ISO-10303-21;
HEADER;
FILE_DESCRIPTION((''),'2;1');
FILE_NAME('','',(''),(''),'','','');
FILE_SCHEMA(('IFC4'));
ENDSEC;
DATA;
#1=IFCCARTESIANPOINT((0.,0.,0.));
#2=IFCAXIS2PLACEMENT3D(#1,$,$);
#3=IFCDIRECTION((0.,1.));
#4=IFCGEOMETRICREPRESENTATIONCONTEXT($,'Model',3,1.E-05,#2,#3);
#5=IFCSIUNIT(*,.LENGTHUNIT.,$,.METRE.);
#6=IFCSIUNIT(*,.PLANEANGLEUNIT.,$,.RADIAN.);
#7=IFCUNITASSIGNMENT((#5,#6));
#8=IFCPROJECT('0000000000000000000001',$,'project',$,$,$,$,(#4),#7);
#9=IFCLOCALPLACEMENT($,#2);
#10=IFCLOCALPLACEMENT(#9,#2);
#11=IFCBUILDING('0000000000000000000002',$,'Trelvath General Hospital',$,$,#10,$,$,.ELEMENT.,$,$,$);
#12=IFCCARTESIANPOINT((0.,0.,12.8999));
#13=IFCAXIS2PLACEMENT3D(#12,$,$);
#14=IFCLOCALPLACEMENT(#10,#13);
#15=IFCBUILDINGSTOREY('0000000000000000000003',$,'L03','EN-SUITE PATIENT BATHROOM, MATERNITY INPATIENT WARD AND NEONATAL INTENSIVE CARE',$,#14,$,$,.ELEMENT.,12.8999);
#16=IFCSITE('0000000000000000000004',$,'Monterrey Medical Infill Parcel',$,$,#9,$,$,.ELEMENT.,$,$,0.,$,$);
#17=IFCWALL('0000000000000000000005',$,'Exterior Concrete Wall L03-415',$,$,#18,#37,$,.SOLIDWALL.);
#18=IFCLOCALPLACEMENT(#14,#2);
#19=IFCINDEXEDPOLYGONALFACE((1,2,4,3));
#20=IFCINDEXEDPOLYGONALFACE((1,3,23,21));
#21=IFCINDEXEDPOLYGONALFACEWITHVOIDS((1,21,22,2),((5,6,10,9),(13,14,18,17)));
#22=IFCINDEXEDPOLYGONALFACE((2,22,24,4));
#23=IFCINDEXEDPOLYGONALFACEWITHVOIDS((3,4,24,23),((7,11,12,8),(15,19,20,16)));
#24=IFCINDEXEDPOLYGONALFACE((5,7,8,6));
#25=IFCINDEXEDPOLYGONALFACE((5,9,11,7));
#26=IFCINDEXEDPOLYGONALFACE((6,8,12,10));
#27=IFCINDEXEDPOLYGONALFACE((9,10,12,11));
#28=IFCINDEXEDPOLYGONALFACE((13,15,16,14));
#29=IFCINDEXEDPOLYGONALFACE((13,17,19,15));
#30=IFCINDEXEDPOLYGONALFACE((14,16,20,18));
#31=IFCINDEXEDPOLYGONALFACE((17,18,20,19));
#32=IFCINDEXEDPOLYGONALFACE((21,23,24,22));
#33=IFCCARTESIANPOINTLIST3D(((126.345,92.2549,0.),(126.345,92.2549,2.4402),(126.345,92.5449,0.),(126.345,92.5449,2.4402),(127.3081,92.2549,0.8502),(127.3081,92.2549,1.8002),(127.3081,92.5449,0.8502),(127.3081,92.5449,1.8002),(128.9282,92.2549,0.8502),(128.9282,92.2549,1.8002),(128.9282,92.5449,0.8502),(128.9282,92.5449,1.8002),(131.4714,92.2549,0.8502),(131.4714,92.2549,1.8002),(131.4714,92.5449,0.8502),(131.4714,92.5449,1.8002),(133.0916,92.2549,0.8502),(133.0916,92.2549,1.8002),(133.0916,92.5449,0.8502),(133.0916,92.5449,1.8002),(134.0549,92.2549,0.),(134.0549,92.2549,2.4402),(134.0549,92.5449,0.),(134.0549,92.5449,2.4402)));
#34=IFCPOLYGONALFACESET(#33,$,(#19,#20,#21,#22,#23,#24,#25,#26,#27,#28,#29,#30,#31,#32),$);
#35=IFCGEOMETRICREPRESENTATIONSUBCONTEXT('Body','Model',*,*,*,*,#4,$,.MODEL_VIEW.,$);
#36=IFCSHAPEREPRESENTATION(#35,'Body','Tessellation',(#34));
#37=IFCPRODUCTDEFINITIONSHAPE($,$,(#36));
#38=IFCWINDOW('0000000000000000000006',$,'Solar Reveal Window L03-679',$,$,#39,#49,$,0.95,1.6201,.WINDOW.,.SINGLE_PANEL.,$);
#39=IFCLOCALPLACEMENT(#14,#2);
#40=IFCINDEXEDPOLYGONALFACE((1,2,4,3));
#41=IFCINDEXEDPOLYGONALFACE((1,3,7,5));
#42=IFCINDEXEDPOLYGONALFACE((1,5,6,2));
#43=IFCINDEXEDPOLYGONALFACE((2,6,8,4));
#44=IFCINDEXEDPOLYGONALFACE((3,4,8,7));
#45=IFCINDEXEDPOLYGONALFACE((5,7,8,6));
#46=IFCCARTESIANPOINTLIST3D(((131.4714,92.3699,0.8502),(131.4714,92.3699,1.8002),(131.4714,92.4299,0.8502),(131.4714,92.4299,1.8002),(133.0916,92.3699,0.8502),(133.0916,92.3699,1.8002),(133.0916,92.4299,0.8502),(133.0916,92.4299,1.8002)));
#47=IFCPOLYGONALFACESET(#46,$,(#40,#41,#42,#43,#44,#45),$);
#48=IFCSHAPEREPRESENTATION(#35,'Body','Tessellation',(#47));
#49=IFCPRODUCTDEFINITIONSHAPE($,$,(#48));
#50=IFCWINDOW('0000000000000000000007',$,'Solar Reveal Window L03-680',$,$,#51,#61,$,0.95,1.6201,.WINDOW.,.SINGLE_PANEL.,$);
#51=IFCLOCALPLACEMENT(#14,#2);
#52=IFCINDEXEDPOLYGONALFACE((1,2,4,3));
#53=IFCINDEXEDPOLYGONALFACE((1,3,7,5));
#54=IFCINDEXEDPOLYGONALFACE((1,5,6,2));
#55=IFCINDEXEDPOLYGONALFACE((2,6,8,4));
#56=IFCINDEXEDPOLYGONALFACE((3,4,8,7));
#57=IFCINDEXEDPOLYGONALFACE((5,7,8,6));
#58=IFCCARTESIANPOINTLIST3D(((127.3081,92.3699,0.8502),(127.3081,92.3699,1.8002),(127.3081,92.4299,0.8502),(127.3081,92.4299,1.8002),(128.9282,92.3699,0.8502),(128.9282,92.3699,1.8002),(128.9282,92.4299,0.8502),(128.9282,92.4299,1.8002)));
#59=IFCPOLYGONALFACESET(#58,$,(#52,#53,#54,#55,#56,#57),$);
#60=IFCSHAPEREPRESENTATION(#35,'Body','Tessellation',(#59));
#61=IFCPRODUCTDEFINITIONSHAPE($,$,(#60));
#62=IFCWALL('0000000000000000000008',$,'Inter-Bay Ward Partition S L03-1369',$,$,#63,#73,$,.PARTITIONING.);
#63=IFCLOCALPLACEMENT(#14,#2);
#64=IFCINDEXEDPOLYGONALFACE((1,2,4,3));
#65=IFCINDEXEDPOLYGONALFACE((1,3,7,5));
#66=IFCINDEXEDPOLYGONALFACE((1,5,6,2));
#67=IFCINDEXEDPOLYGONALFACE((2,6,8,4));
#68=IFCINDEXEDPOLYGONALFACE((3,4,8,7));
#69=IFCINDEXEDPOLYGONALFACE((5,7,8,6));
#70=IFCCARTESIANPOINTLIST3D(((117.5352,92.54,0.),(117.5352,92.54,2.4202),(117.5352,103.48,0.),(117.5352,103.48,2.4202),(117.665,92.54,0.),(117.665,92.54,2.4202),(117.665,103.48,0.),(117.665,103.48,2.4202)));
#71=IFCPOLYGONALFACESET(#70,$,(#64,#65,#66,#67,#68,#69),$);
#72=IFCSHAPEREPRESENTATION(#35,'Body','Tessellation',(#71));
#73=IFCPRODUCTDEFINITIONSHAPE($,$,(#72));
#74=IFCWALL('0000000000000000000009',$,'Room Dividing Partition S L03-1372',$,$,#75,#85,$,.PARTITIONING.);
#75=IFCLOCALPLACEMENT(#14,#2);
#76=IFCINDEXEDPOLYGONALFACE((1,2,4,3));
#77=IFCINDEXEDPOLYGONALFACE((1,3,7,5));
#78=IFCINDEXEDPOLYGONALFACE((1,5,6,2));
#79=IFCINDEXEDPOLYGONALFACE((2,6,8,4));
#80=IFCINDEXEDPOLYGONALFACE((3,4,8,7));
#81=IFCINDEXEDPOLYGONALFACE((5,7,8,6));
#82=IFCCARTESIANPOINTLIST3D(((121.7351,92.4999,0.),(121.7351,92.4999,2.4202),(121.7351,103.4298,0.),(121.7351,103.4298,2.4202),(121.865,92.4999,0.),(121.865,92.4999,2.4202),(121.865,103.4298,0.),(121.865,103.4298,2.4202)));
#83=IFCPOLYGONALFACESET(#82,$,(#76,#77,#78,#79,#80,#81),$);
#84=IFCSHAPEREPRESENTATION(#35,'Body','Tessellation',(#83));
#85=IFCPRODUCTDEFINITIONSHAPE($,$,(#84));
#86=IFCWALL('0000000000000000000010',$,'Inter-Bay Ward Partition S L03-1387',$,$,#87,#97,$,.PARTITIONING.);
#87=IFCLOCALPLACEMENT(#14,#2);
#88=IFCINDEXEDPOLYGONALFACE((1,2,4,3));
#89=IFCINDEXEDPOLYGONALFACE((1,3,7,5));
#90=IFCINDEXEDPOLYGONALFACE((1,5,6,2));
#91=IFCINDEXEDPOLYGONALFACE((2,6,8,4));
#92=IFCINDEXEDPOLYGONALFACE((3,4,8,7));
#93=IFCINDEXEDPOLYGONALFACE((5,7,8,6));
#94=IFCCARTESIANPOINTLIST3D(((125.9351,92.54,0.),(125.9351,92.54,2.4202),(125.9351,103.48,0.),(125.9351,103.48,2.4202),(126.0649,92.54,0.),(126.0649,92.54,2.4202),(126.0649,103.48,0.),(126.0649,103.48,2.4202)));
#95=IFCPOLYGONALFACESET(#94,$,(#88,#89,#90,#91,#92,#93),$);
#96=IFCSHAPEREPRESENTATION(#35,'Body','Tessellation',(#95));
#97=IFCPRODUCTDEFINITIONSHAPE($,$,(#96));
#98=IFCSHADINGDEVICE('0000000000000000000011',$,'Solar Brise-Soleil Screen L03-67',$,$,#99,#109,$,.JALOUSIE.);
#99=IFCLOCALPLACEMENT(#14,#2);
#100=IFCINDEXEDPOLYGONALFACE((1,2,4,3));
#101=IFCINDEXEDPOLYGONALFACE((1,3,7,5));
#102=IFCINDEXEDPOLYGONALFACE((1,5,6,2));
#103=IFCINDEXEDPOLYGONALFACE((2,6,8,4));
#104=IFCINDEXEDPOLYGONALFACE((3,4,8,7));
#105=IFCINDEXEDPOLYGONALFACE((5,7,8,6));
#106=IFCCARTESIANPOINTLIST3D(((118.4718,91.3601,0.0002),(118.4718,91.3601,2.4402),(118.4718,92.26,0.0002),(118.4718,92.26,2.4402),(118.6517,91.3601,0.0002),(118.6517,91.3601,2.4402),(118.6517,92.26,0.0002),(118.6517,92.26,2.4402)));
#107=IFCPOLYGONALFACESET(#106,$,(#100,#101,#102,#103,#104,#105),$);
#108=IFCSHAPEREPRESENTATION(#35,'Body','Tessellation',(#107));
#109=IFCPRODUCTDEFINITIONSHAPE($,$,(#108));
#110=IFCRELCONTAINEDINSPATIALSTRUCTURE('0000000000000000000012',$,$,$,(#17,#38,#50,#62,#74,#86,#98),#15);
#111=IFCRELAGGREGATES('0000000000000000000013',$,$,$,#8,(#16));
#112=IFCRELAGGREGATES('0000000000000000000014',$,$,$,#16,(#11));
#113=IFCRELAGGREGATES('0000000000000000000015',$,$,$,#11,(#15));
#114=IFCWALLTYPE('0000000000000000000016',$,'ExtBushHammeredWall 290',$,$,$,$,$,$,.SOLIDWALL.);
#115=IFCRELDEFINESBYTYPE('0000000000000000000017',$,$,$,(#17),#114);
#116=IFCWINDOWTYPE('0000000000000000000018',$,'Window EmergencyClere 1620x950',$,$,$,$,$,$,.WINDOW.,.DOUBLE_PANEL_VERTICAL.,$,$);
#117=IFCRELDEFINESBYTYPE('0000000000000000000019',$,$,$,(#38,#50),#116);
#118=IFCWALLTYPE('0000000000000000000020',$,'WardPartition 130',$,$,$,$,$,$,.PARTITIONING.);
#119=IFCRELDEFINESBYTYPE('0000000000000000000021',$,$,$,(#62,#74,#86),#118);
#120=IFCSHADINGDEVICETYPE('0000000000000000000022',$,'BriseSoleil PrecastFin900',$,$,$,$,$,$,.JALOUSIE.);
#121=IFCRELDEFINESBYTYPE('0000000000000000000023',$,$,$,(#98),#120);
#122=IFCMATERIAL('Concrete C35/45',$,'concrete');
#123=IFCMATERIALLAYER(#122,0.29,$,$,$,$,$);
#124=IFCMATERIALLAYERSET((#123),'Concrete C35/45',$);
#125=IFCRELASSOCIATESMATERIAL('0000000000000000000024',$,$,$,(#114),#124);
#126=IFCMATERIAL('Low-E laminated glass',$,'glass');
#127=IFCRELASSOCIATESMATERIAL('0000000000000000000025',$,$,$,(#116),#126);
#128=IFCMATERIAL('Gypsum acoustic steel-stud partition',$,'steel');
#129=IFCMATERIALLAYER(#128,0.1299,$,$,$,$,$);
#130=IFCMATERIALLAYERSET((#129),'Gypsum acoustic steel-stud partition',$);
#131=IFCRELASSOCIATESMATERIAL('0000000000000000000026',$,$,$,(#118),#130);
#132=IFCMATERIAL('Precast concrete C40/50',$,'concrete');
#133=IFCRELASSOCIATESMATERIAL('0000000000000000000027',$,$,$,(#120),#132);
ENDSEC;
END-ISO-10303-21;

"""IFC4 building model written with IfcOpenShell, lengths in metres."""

from ifc_helpers import new_model, si_unit, direction, frame, frame_2d, origin, origin_2d, place, context, subcontext, project, spatial, rectangle, extrude, material, layer, layer_set, type_object, element, fill, save


model = new_model("IFC4")

# Units and contexts
model_context = context("Model", 3, precision=1e-05, world=origin(), true_north=direction((0.0, 1.0)))
body_context = subcontext(model_context, "Body", "Model", "MODEL_VIEW")
ifc_project = project(units=[si_unit("LENGTHUNIT", "METRE"), si_unit("PLANEANGLEUNIT", "RADIAN")], contexts=[model_context])

# Site, building, storey
site_placement = place(None, origin())
site = spatial("IfcSite", under=ifc_project, at=site_placement, Name="Monterrey Medical Infill Parcel", CompositionType="ELEMENT", RefElevation=0.0)
building_placement = place(site_placement, origin())
building = spatial("IfcBuilding", under=site, at=building_placement, Name="Trelvath General Hospital", CompositionType="ELEMENT")
storey_placement = place(building_placement, frame((0.0, 0.0, 12.8999)))
storey = spatial("IfcBuildingStorey", under=building, at=storey_placement, Name="L03", Description="EN-SUITE PATIENT BATHROOM, MATERNITY INPATIENT WARD AND NEONATAL INTENSIVE CARE", CompositionType="ELEMENT", Elevation=12.8999)

# Wall, openings, windows
ifc_material_1 = material(Name="Concrete C35/45", Category="concrete")
ifc_layer_1 = layer(ifc_material_1, 0.29)
ifc_layer_set_1 = layer_set([ifc_layer_1], Name="Concrete C35/45")
wall_type_1 = type_object("IfcWallType", Name="ExtBushHammeredWall 290", PredefinedType="SOLIDWALL", material=ifc_layer_set_1)
ifc_material_2 = material(Name="Low-E laminated glass", Category="glass")
window_type_1 = type_object("IfcWindowType", Name="Window EmergencyClere 1620x950", PartitioningType="DOUBLE_PANEL_VERTICAL", PredefinedType="WINDOW", material=ifc_material_2)
wall_1_placement = place(storey_placement, frame((134.0549, 92.3999, 0.0), z_axis=(0.0, 0.0, 1.0), x_axis=(-1.0, 0.0, 0.0)))
wall_1 = element("IfcWall", 1, at=wall_1_placement, inside=storey, type_object=wall_type_1, Name="Exterior Concrete Wall L03-415", PredefinedType="SOLIDWALL", context=body_context, shape_type="SweptSolid", body=[
    extrude(rectangle(XDim=7.71, YDim=0.29, at=frame_2d((3.855, 0.0))), origin(), (0.0, 0.0, 1.0), 2.4402),
])
opening_1_placement = place(wall_1_placement, frame((0.9634, 0.0, 0.8501)))
opening_1 = element("IfcOpeningElement", 2, at=opening_1_placement, cuts=wall_1, PredefinedType="OPENING", context=body_context, shape_type="SweptSolid", body=[
    extrude(rectangle(XDim=1.6201, YDim=0.95, at=frame_2d((0.8101, 0.4751))), frame((0.0, 0.155, 0.0), z_axis=(0.0, -1.0, 0.0), x_axis=(1.0, 0.0, 0.0)), (0.0, 0.0, 1.0), 0.3101),
])
opening_2_placement = place(wall_1_placement, frame((5.1267, 0.0, 0.8501)))
opening_2 = element("IfcOpeningElement", 3, at=opening_2_placement, cuts=wall_1, PredefinedType="OPENING", context=body_context, shape_type="SweptSolid", body=[
    extrude(rectangle(XDim=1.6201, YDim=0.95, at=frame_2d((0.8101, 0.4751))), frame((0.0, 0.155, 0.0), z_axis=(0.0, -1.0, 0.0), x_axis=(1.0, 0.0, 0.0)), (0.0, 0.0, 1.0), 0.3101),
])
window_1_placement = place(opening_1_placement, origin())
window_1 = element("IfcWindow", 4, at=window_1_placement, inside=storey, type_object=window_type_1, Name="Solar Reveal Window L03-679", OverallHeight=0.95, OverallWidth=1.6201, PartitioningType="SINGLE_PANEL", PredefinedType="WINDOW", context=body_context, shape_type="SweptSolid", body=[
    extrude(rectangle(XDim=1.6201, YDim=0.95, at=frame_2d((0.8101, 0.4751))), frame((0.0, 0.03, 0.0), z_axis=(0.0, -1.0, 0.0), x_axis=(1.0, 0.0, 0.0)), (0.0, 0.0, 1.0), 0.0601),
])
fill(opening_1, window_1)
window_2_placement = place(opening_2_placement, origin())
window_2 = element("IfcWindow", 5, at=window_2_placement, inside=storey, type_object=window_type_1, Name="Solar Reveal Window L03-680", OverallHeight=0.95, OverallWidth=1.6201, PartitioningType="SINGLE_PANEL", PredefinedType="WINDOW", context=body_context, shape_type="SweptSolid", body=[
    extrude(rectangle(XDim=1.6201, YDim=0.95, at=frame_2d((0.8101, 0.4751))), frame((0.0, 0.03, 0.0), z_axis=(0.0, -1.0, 0.0), x_axis=(1.0, 0.0, 0.0)), (0.0, 0.0, 1.0), 0.0601),
])
fill(opening_2, window_2)

# Walls
ifc_material_3 = material(Name="Gypsum acoustic steel-stud partition", Category="steel")
ifc_layer_2 = layer(ifc_material_3, 0.1299)
ifc_layer_set_2 = layer_set([ifc_layer_2], Name="Gypsum acoustic steel-stud partition")
wall_type_2 = type_object("IfcWallType", Name="WardPartition 130", PredefinedType="PARTITIONING", material=ifc_layer_set_2)
wall_2_placement = place(storey_placement, frame((117.6001, 92.54, 0.0), z_axis=(0.0, 0.0, 1.0), x_axis=(0.0, 1.0, 0.0)))
element("IfcWall", 6, at=wall_2_placement, inside=storey, type_object=wall_type_2, Name="Inter-Bay Ward Partition S L03-1369", PredefinedType="PARTITIONING", context=body_context, shape_type="SweptSolid", body=[
    extrude(rectangle(XDim=10.9399, YDim=0.1299, at=frame_2d((5.47, 0.0))), origin(), (0.0, 0.0, 1.0), 2.4202),
])
wall_3_placement = place(storey_placement, frame((121.8, 92.5, 0.0), z_axis=(0.0, 0.0, 1.0), x_axis=(0.0, 1.0, 0.0)))
element("IfcWall", 7, at=wall_3_placement, inside=storey, type_object=wall_type_2, Name="Room Dividing Partition S L03-1372", PredefinedType="PARTITIONING", context=body_context, shape_type="SweptSolid", body=[
    extrude(rectangle(XDim=10.9299, YDim=0.1299, at=frame_2d((5.4648, 0.0))), origin(), (0.0, 0.0, 1.0), 2.4202),
])
wall_4_placement = place(storey_placement, frame((126.0, 92.54, 0.0), z_axis=(0.0, 0.0, 1.0), x_axis=(0.0, 1.0, 0.0)))
element("IfcWall", 8, at=wall_4_placement, inside=storey, type_object=wall_type_2, Name="Inter-Bay Ward Partition S L03-1387", PredefinedType="PARTITIONING", context=body_context, shape_type="SweptSolid", body=[
    extrude(rectangle(XDim=10.9399, YDim=0.1299, at=frame_2d((5.47, 0.0))), origin(), (0.0, 0.0, 1.0), 2.4202),
])

# Shading device
ifc_material_4 = material(Name="Precast concrete C40/50", Category="concrete")
shading_device_type = type_object("IfcShadingDeviceType", Name="BriseSoleil PrecastFin900", PredefinedType="JALOUSIE", material=ifc_material_4)
shading_device_placement = place(storey_placement, frame((118.5618, 91.8101, 0.0002), z_axis=(0.0, 0.0, 1.0), x_axis=(0.0, -1.0, 0.0)))
element("IfcShadingDevice", 9, at=shading_device_placement, inside=storey, type_object=shading_device_type, Name="Solar Brise-Soleil Screen L03-67", PredefinedType="JALOUSIE", context=body_context, shape_type="SweptSolid", body=[
    extrude(rectangle(XDim=0.8999, YDim=0.1799, at=origin_2d()), origin(), (0.0, 0.0, 1.0), 2.4399),
])

save(model, "model.ifc")
